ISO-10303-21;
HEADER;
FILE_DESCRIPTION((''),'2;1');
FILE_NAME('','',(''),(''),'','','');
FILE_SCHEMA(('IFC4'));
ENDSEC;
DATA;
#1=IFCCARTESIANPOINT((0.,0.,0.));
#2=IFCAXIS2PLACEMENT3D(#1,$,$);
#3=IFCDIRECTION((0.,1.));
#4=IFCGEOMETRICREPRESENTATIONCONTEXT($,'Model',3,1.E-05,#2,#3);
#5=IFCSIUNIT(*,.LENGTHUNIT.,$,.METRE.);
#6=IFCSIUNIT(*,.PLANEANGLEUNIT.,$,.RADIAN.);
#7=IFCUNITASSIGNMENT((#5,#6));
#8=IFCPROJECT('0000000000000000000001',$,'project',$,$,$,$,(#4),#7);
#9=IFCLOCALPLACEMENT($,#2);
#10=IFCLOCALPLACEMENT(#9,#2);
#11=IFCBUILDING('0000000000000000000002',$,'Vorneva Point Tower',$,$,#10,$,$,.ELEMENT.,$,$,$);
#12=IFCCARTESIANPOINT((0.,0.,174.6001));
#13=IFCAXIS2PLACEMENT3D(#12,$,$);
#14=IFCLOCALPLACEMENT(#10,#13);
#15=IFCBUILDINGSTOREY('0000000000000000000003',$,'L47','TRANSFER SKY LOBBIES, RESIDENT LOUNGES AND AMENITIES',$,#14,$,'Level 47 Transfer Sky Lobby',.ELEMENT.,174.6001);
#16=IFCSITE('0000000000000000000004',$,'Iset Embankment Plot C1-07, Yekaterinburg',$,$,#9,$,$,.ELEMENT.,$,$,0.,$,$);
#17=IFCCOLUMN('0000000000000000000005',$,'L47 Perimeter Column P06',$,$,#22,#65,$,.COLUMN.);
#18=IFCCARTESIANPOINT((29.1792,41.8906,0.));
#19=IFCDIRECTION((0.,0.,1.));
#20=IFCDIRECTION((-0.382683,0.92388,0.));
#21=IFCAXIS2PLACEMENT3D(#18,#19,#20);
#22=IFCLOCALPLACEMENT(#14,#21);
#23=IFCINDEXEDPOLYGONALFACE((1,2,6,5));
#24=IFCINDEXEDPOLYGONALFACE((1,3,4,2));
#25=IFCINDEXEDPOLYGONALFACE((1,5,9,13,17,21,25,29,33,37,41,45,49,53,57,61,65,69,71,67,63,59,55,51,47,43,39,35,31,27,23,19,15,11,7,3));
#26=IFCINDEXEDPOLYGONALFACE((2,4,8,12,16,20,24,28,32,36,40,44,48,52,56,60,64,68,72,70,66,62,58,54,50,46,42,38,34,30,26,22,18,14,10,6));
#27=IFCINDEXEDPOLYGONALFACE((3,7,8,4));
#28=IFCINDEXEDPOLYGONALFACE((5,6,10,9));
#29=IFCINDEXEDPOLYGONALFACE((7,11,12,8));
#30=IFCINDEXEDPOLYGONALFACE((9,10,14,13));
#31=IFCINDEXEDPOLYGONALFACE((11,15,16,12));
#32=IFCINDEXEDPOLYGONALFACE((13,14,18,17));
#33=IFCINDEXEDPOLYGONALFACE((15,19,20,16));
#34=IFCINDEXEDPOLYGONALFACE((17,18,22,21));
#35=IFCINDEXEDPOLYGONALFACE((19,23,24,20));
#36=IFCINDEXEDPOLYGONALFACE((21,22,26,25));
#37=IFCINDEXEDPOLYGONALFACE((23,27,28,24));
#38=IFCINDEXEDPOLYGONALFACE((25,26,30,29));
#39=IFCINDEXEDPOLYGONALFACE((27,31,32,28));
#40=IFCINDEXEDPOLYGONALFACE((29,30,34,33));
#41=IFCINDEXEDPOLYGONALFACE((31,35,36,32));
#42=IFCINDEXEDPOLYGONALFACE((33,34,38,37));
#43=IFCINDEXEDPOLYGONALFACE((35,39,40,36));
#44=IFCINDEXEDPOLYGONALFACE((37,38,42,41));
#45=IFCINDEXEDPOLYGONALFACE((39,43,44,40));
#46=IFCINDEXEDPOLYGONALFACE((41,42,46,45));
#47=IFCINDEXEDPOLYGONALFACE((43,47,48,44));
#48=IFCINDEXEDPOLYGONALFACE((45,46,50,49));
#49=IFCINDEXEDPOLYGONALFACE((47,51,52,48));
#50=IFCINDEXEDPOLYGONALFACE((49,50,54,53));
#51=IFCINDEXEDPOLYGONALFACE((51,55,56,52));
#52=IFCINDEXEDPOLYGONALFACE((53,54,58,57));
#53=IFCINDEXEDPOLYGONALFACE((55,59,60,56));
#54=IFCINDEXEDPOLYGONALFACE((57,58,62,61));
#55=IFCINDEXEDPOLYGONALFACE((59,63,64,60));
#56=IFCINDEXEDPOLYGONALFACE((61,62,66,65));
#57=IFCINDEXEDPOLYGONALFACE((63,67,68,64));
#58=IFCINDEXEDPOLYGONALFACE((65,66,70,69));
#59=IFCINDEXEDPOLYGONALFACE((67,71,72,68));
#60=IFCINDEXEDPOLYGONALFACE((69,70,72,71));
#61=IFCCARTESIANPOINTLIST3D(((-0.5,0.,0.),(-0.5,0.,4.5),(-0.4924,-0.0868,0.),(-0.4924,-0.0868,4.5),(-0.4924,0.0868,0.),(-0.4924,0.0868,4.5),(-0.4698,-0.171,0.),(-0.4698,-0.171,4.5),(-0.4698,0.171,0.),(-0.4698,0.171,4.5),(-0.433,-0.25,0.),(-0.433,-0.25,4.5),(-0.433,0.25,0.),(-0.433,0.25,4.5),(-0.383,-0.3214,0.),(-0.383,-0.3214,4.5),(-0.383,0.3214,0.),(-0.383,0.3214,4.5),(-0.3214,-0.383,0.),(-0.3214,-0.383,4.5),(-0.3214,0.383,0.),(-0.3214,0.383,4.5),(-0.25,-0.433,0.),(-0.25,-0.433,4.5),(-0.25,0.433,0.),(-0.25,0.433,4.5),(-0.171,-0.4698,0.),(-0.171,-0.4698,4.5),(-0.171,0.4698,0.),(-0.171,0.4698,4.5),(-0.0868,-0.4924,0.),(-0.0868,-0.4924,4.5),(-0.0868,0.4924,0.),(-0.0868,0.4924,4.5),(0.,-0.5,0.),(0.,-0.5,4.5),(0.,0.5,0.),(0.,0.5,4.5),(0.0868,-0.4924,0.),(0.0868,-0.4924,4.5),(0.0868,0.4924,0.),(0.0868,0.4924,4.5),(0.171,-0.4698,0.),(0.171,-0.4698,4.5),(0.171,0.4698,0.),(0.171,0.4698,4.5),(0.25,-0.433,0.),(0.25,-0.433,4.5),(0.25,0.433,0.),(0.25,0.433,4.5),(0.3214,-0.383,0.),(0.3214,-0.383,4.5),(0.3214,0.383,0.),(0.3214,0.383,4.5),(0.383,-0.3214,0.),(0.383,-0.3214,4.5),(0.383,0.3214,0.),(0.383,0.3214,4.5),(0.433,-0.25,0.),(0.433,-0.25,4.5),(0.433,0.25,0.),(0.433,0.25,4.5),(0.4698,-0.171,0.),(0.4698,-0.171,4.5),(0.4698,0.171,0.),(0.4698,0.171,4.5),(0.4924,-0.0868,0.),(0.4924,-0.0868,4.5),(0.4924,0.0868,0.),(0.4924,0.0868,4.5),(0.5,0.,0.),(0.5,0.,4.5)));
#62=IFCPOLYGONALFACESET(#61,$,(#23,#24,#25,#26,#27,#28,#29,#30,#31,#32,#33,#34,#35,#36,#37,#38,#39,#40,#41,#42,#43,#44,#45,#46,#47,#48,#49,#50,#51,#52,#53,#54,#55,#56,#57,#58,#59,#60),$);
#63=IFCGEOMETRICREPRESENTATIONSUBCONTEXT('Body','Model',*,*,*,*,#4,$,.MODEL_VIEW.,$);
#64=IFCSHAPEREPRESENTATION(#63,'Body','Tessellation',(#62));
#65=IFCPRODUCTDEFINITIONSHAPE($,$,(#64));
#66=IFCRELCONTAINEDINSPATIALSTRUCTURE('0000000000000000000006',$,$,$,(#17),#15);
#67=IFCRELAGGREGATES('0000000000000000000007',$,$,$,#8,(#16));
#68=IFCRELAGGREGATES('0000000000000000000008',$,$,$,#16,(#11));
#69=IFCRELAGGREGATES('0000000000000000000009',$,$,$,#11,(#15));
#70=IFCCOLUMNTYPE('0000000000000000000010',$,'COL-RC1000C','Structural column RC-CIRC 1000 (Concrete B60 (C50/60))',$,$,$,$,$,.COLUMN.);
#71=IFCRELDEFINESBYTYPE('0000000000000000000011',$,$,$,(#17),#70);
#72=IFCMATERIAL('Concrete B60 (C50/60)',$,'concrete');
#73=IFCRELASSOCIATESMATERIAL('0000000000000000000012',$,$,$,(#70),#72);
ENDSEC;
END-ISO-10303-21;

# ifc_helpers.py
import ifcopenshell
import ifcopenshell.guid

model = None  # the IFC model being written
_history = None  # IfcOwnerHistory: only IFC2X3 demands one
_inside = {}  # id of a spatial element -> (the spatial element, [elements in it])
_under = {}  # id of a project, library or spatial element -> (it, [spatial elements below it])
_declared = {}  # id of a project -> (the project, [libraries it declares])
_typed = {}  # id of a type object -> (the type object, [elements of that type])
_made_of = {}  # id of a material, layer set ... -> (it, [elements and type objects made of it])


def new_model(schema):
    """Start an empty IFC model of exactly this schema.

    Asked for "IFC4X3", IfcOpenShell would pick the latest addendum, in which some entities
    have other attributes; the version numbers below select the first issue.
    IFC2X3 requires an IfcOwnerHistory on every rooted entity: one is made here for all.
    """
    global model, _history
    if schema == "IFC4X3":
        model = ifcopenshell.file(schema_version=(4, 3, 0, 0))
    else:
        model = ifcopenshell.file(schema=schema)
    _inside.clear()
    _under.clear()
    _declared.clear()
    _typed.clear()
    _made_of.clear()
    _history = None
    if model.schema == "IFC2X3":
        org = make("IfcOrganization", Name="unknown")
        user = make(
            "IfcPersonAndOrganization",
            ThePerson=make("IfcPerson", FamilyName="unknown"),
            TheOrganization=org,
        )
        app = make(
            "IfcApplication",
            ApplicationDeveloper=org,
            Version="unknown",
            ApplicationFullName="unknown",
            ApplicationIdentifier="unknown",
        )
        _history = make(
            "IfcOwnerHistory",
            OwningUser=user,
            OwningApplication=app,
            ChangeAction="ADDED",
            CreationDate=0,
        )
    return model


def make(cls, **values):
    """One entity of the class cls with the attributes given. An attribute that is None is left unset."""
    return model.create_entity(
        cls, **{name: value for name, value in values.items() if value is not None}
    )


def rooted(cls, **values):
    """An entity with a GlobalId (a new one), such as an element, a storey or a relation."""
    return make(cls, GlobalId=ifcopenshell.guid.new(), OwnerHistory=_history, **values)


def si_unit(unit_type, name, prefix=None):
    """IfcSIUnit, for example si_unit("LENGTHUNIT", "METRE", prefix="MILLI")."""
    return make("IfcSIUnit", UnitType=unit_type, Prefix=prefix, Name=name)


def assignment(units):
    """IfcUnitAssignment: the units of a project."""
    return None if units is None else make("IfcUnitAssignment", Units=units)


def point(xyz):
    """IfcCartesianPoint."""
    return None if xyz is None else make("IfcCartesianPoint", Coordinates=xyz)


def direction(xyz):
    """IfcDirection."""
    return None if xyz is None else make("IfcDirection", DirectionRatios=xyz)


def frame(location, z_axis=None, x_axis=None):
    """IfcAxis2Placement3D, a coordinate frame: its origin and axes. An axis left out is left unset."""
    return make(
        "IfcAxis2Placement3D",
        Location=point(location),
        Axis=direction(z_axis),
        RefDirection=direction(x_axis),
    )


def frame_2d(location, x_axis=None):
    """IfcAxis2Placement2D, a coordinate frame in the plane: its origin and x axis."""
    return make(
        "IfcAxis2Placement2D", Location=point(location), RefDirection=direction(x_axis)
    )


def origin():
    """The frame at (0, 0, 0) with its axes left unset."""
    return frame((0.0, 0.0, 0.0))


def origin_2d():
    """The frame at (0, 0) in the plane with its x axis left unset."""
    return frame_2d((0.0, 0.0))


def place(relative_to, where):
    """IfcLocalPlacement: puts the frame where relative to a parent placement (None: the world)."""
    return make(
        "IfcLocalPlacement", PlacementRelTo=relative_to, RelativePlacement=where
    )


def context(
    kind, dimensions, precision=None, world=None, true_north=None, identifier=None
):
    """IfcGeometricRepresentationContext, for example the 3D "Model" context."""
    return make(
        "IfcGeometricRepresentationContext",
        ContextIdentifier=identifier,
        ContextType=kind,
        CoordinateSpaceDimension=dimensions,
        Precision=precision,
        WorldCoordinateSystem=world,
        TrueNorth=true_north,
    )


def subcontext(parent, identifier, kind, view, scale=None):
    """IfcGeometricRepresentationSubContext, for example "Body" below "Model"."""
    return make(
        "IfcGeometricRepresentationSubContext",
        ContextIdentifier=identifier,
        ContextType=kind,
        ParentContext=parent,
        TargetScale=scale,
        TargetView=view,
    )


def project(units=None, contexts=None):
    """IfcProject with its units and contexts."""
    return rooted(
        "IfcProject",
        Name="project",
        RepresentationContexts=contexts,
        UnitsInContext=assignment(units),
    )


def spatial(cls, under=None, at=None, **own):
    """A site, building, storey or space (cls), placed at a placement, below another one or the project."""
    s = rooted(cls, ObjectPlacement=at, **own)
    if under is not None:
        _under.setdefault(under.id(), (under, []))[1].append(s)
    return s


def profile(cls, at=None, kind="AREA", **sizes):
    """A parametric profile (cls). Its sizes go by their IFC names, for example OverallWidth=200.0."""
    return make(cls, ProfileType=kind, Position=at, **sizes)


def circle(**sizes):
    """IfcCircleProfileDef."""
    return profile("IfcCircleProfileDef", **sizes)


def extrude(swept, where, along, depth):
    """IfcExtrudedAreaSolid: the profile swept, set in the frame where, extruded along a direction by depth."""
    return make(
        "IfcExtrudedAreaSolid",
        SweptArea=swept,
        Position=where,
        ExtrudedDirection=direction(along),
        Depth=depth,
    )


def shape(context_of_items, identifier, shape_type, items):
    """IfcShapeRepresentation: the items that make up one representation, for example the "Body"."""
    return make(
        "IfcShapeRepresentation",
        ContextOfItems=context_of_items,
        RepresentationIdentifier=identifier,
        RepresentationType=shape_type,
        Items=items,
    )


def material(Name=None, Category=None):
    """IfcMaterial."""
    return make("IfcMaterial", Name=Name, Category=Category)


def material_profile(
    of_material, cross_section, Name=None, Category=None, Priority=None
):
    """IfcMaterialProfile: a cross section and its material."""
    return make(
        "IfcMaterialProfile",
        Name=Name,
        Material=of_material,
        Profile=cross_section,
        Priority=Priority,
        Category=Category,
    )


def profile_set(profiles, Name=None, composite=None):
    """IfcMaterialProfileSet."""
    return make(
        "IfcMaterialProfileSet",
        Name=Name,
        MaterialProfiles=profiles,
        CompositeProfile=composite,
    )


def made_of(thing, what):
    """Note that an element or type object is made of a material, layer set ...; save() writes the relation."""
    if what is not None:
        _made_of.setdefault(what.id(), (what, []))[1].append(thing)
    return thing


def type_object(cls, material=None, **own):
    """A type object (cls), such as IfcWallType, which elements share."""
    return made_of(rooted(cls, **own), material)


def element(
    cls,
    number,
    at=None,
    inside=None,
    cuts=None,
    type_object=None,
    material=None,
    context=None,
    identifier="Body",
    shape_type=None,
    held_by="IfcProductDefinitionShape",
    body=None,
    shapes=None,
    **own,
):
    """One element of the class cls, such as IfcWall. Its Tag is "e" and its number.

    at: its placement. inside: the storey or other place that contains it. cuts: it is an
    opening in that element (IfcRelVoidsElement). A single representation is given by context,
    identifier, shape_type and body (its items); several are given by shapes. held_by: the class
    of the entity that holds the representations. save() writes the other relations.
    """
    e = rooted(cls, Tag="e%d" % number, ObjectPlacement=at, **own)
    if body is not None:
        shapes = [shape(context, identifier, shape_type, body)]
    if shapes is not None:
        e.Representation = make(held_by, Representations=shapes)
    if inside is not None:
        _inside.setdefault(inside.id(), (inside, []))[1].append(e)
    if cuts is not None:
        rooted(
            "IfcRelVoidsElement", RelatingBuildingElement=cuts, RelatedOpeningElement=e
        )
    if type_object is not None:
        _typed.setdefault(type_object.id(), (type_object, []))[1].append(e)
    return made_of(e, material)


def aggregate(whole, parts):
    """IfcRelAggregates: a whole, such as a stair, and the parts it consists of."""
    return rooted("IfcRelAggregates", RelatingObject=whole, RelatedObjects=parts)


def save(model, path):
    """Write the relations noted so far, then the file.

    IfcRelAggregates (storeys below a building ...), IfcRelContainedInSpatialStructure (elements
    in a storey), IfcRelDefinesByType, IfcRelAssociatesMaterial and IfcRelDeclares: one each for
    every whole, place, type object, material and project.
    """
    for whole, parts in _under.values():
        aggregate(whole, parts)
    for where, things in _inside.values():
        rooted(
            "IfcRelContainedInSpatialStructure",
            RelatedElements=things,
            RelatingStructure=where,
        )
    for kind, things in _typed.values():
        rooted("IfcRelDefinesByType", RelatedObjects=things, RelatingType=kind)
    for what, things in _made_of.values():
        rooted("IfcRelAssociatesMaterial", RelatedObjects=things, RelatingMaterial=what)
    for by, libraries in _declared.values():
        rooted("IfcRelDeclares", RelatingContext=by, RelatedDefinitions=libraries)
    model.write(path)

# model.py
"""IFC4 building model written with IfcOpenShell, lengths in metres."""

from ifc_helpers import new_model, si_unit, direction, frame, origin, origin_2d, place, context, subcontext, project, spatial, circle, extrude, material, material_profile, profile_set, type_object, element, save


model = new_model("IFC4")

# Units and contexts
model_context = context("Model", 3, precision=1e-05, world=origin(), true_north=direction((0.0, 1.0)))
body_context = subcontext(model_context, "Body", "Model", "MODEL_VIEW")
ifc_project = project(units=[si_unit("LENGTHUNIT", "METRE"), si_unit("PLANEANGLEUNIT", "RADIAN")], contexts=[model_context])

# Site, building, storey
site_placement = place(None, origin())
site = spatial("IfcSite", under=ifc_project, at=site_placement, Name="Iset Embankment Plot C1-07, Yekaterinburg", CompositionType="ELEMENT", RefElevation=0.0)
building_placement = place(site_placement, origin())
building = spatial("IfcBuilding", under=site, at=building_placement, Name="Vorneva Point Tower", CompositionType="ELEMENT")
storey_placement = place(building_placement, frame((0.0, 0.0, 174.6001)))
storey = spatial("IfcBuildingStorey", under=building, at=storey_placement, Name="L47", Description="TRANSFER SKY LOBBIES, RESIDENT LOUNGES AND AMENITIES", LongName="Level 47 Transfer Sky Lobby", CompositionType="ELEMENT", Elevation=174.6001)

# Column
ifc_material_1 = material(Name="Concrete B60 (C50/60)", Category="concrete")
ifc_material_profile_1 = material_profile(ifc_material_1, circle(Radius=0.5, at=origin_2d()), Name="RC-CIRC 1000")
ifc_profile_set_1 = profile_set([ifc_material_profile_1], Name="Concrete B60 (C50/60)")
column_type = type_object("IfcColumnType", Name="COL-RC1000C", Description="Structural column RC-CIRC 1000 (Concrete B60 (C50/60))", PredefinedType="COLUMN", material=ifc_profile_set_1)
for number, where, z_axis, x_axis, name in (
    (1, (29.1792, 41.8906, 0.0), (0.0, 0.0, 1.0), (-0.382683, 0.92388, 0.0), "L47 Perimeter Column P06"),
):
    element("IfcColumn", number, at=place(storey_placement, frame(where, z_axis=z_axis, x_axis=x_axis)), inside=storey, type_object=column_type, Name=name, PredefinedType="COLUMN", context=body_context, shape_type="SweptSolid", body=[
        extrude(circle(Radius=0.5, at=origin_2d()), origin(), (0.0, 0.0, 1.0), 4.5),
    ])

save(model, "model.ifc")
